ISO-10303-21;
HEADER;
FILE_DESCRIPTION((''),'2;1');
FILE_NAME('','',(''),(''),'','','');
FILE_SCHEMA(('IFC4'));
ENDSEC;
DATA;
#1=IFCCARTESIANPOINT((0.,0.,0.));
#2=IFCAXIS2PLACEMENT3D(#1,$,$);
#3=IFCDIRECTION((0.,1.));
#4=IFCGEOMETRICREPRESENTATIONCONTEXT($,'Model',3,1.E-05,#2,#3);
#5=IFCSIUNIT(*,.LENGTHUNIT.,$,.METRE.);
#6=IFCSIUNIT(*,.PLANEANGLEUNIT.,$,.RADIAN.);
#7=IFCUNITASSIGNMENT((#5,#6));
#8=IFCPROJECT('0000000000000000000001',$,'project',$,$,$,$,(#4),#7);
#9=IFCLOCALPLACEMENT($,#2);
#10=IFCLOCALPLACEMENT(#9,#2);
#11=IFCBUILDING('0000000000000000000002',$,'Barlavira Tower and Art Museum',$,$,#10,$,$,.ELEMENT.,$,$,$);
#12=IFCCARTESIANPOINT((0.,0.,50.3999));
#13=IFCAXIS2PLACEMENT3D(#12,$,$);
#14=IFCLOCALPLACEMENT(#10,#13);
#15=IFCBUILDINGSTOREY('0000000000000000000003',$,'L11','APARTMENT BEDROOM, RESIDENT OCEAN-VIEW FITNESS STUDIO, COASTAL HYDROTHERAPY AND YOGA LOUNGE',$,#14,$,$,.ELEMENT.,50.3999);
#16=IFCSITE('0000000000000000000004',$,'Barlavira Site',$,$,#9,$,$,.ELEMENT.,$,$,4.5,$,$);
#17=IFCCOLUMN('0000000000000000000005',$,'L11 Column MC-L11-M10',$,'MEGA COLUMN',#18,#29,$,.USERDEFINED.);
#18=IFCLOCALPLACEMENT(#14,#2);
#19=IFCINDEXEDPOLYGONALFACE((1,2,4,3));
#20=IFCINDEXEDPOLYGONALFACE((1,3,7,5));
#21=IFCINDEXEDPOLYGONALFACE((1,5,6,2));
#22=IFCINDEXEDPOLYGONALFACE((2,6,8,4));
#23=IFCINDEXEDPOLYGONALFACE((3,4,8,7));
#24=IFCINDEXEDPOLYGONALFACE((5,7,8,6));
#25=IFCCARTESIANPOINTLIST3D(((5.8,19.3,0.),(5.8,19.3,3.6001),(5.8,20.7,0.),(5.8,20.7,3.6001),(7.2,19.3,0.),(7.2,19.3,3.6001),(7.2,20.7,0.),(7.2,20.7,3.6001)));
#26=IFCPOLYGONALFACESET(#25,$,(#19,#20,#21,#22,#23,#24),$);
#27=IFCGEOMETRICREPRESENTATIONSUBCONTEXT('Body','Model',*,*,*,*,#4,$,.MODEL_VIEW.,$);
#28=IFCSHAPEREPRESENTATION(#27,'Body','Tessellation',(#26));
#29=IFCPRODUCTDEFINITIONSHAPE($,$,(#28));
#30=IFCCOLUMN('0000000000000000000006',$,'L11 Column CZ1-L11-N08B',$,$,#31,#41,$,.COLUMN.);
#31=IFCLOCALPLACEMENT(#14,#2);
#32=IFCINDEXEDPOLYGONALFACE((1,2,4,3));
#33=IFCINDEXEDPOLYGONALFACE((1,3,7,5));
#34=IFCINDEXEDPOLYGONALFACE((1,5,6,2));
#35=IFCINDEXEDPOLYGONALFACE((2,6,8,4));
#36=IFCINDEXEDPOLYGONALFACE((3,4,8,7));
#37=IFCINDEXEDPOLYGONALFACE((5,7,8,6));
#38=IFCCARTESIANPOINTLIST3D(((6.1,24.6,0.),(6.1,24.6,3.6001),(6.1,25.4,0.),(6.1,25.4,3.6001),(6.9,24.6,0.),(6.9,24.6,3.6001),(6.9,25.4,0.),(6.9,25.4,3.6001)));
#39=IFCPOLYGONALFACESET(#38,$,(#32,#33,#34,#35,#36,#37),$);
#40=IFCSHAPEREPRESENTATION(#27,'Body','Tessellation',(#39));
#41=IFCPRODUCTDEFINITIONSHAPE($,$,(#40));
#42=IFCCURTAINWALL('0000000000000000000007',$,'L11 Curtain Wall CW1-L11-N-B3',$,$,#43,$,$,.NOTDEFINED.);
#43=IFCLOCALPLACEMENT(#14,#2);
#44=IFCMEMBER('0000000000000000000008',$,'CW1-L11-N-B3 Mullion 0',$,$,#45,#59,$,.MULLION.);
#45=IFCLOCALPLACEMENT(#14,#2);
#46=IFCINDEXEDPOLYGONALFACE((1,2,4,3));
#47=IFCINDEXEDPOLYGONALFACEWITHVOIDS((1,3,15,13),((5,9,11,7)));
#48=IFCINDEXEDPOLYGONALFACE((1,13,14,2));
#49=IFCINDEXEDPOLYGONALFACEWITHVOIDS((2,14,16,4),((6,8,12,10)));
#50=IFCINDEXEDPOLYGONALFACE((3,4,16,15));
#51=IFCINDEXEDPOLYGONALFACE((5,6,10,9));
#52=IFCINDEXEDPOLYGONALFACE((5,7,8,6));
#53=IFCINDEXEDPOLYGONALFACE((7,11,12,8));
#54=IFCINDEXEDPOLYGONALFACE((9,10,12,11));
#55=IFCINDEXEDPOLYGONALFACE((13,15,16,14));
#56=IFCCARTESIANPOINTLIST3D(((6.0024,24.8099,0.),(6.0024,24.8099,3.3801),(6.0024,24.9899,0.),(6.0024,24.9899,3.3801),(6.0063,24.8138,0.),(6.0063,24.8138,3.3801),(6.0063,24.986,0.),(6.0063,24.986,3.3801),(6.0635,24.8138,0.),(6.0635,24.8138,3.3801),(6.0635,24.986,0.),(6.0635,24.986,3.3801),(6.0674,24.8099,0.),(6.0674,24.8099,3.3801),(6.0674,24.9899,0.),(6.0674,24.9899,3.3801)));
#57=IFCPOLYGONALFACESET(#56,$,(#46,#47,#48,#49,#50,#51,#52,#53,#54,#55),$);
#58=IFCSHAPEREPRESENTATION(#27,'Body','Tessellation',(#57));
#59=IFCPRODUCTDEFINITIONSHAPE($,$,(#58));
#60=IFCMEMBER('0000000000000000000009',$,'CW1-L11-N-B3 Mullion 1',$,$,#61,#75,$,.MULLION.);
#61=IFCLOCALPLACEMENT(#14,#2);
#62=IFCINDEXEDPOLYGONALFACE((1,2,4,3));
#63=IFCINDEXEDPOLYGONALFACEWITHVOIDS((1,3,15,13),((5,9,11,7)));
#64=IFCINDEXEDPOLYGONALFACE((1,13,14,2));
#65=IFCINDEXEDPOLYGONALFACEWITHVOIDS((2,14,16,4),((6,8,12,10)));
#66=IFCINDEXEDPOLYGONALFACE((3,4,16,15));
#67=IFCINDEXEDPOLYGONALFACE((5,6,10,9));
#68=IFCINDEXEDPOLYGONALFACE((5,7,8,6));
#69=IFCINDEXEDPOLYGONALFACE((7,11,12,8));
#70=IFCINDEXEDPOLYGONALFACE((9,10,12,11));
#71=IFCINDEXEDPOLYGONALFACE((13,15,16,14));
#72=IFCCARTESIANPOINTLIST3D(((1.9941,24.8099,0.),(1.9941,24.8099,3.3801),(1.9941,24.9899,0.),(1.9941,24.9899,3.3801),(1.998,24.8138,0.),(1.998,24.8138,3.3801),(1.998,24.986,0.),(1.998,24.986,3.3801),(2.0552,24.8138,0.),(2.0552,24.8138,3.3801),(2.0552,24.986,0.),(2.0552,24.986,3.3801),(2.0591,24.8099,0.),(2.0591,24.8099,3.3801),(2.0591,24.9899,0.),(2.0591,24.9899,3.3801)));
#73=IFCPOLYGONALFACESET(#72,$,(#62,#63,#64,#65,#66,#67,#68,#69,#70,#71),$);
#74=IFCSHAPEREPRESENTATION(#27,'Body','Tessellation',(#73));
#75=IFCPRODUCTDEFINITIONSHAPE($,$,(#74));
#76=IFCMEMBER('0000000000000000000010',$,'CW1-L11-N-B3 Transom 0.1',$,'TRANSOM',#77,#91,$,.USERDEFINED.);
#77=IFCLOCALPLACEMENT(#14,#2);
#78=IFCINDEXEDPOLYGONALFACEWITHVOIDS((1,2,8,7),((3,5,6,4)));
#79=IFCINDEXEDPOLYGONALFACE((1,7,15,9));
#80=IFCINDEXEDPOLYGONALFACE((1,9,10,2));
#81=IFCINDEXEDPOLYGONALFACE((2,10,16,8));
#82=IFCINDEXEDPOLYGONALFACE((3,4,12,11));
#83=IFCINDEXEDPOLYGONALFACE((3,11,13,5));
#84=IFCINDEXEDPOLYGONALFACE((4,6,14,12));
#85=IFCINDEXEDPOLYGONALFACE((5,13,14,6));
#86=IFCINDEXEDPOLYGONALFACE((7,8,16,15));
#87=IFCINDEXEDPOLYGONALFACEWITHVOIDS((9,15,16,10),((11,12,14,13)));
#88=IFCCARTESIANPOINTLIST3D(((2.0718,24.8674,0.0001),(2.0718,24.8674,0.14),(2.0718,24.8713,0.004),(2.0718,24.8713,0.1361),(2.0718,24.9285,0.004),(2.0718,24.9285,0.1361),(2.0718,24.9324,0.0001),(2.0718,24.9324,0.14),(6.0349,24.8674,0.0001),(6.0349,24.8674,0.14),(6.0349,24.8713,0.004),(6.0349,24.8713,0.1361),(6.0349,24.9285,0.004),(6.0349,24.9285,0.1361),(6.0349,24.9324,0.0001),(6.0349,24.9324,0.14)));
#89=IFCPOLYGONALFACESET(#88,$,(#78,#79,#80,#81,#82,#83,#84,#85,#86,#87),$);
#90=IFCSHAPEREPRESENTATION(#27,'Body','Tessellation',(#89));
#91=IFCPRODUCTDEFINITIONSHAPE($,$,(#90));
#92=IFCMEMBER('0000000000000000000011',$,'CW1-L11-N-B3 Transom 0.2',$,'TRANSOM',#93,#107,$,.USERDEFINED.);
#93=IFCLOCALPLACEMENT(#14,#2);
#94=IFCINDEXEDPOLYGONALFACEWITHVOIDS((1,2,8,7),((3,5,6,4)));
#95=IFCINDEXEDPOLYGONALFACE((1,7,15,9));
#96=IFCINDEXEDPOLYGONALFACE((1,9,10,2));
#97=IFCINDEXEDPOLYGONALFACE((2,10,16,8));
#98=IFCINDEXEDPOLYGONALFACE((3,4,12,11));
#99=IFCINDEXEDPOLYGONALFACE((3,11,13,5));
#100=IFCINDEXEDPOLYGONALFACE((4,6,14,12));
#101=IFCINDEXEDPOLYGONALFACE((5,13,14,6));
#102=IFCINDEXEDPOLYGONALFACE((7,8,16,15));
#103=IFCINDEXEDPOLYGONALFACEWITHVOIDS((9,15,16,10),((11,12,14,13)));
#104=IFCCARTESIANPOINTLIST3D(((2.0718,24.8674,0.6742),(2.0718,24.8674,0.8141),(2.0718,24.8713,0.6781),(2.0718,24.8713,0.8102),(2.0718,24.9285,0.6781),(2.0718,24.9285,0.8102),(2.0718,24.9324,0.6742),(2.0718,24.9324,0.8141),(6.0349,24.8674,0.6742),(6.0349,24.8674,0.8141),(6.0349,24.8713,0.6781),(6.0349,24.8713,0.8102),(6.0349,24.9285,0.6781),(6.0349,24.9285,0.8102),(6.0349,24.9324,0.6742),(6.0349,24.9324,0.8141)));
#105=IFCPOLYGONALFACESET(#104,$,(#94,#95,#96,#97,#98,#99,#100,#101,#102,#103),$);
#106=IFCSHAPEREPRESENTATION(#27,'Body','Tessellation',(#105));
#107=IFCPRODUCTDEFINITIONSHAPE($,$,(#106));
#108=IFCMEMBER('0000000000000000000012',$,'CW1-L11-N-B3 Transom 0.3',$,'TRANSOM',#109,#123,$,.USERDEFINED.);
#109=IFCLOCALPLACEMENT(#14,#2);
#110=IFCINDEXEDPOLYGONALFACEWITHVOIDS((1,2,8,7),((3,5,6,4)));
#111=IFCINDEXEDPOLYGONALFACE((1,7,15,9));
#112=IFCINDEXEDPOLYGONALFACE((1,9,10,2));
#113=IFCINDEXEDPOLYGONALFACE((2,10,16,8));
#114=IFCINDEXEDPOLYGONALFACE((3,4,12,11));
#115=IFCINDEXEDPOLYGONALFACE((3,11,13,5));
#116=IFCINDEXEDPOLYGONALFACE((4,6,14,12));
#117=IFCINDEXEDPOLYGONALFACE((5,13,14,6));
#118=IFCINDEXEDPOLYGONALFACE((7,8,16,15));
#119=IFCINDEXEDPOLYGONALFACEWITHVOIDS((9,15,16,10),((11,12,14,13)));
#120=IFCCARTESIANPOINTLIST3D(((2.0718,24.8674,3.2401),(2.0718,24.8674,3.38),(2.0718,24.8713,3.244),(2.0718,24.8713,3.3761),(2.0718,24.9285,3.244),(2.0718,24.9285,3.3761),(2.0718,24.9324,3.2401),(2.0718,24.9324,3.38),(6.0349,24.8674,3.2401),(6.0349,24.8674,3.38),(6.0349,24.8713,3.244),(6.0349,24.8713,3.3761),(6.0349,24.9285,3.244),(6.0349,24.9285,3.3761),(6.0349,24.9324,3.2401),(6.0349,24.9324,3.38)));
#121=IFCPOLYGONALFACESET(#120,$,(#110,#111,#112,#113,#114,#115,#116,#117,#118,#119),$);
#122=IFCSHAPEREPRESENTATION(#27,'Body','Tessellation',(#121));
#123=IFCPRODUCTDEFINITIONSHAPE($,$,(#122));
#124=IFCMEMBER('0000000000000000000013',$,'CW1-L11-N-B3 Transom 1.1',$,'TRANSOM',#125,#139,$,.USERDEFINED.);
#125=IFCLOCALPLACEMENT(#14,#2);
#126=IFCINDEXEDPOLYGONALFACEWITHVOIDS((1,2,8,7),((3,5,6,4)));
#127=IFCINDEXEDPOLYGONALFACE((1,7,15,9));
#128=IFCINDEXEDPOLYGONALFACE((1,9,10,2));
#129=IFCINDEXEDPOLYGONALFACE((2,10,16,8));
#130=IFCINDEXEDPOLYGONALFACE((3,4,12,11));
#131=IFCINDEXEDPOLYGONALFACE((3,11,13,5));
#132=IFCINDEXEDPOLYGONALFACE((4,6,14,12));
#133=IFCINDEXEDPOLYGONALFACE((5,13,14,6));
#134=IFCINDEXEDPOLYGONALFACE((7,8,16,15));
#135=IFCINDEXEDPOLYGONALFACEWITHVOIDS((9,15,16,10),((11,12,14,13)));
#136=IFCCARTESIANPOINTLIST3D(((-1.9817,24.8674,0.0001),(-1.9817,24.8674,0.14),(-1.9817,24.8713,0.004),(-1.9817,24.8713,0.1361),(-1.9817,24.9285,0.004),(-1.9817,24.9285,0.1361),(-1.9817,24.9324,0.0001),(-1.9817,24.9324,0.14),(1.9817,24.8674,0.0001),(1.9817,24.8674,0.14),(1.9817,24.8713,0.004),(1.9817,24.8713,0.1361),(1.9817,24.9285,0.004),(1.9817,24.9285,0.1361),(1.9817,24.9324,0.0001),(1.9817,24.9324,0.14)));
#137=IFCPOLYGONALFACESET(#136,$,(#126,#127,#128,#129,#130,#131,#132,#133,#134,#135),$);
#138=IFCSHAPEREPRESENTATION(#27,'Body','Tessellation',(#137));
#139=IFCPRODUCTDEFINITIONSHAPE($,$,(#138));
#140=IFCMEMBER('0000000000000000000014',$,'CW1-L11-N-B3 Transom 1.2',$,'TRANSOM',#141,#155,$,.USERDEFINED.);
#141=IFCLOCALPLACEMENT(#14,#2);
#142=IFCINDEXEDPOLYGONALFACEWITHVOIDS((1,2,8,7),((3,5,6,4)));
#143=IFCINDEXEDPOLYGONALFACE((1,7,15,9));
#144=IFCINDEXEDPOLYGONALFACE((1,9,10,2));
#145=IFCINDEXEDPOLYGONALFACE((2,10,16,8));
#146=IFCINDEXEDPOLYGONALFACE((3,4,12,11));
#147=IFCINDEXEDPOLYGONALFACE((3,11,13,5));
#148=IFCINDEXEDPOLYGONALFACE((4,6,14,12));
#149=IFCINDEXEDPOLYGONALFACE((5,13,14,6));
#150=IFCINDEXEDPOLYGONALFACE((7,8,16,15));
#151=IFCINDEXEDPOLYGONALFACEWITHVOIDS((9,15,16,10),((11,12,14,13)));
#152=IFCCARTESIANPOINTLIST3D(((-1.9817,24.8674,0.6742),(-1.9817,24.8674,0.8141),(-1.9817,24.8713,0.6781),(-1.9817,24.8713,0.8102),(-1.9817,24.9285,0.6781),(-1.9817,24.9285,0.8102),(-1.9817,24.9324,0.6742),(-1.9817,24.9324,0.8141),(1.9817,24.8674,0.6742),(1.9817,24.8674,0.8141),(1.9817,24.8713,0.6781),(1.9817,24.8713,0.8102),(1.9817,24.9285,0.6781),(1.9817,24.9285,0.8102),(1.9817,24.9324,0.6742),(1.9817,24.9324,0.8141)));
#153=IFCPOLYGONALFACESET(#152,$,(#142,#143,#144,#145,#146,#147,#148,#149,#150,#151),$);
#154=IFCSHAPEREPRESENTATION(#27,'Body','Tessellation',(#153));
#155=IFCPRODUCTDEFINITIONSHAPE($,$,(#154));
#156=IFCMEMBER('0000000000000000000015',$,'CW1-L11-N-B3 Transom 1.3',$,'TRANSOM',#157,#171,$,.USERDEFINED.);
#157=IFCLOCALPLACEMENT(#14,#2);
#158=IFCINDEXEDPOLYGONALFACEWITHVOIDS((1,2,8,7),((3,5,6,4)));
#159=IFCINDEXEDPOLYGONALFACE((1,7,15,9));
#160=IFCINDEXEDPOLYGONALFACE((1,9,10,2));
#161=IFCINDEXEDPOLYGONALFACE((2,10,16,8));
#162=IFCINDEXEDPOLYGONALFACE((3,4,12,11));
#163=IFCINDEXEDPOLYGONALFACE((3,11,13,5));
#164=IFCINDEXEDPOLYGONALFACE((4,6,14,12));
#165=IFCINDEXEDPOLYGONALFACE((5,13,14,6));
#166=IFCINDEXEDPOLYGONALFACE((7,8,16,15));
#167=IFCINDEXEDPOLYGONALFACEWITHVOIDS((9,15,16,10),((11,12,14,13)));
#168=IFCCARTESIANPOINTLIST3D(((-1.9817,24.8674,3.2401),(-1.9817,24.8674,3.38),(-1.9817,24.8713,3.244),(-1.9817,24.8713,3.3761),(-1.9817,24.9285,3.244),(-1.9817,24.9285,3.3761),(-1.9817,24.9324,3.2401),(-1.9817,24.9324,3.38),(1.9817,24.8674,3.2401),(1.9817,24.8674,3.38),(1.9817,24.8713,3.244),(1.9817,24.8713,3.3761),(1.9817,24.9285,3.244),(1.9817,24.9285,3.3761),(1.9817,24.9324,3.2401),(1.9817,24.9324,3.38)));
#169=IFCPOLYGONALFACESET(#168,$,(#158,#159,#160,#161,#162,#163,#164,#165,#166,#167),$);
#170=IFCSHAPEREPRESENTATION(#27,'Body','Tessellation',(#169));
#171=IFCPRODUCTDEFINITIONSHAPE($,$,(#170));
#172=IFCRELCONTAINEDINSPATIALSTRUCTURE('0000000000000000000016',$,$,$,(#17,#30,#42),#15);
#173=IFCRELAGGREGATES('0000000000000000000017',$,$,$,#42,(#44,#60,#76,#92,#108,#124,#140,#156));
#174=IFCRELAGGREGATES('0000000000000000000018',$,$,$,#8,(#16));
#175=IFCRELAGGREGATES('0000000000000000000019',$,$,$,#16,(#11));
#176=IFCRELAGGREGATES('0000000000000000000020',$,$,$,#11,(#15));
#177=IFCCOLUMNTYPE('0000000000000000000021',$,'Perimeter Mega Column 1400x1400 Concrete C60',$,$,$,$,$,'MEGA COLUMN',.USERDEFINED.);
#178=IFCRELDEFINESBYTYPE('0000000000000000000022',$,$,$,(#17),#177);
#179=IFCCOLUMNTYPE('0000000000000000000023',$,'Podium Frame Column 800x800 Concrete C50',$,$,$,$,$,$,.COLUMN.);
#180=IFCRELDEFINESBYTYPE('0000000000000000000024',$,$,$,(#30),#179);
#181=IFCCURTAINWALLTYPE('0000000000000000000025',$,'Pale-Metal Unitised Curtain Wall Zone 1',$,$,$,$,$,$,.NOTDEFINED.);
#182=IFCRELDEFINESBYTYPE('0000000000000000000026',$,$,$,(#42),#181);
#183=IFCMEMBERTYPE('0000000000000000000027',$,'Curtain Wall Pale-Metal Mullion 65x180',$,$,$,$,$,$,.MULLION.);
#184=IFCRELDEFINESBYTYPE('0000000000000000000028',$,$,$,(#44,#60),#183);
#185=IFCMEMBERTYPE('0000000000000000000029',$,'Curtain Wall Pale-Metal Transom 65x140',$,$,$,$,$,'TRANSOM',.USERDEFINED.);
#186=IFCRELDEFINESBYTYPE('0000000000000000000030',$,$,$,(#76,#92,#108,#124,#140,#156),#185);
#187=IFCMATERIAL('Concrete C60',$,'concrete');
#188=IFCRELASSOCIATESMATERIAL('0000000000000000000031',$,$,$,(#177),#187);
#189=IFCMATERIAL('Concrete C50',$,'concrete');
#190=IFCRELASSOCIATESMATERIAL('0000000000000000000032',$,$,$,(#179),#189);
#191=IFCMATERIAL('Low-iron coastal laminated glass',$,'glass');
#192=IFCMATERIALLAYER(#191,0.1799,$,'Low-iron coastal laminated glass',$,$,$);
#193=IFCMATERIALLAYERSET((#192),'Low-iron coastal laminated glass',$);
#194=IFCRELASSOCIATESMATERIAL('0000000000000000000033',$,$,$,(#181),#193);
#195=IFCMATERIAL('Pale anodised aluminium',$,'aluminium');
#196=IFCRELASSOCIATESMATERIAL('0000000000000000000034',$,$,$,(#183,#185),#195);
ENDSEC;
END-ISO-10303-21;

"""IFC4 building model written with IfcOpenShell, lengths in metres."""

from ifc_helpers import new_model, si_unit, direction, frame, origin, origin_2d, place, context, subcontext, project, spatial, rectangle, hollow_rectangle, extrude, material, layer, layer_set, material_profile, profile_set, type_object, element, aggregate, save


model = new_model("IFC4")

# Units and contexts
model_context = context("Model", 3, precision=1e-05, world=origin(), true_north=direction((0.0, 1.0)))
body_context = subcontext(model_context, "Body", "Model", "MODEL_VIEW")
ifc_project = project(units=[si_unit("LENGTHUNIT", "METRE"), si_unit("PLANEANGLEUNIT", "RADIAN")], contexts=[model_context])

# Site, building, storey
site_placement = place(None, origin())
site = spatial("IfcSite", under=ifc_project, at=site_placement, Name="Barlavira Site", CompositionType="ELEMENT", RefElevation=4.5)
building_placement = place(site_placement, origin())
building = spatial("IfcBuilding", under=site, at=building_placement, Name="Barlavira Tower and Art Museum", CompositionType="ELEMENT")
storey_placement = place(building_placement, frame((0.0, 0.0, 50.3999)))
storey = spatial("IfcBuildingStorey", under=building, at=storey_placement, Name="L11", Description="APARTMENT BEDROOM, RESIDENT OCEAN-VIEW FITNESS STUDIO, COASTAL HYDROTHERAPY AND YOGA LOUNGE", CompositionType="ELEMENT", Elevation=50.3999)

# Columns
ifc_material_1 = material(Name="Concrete C60", Category="concrete")
ifc_material_profile_1 = material_profile(ifc_material_1, rectangle(XDim=1.3999, YDim=1.3999, at=origin_2d()), Name="RC-MCOL 1400x1400")
ifc_profile_set_1 = profile_set([ifc_material_profile_1], Name="Concrete C60")
column_type_1 = type_object("IfcColumnType", Name="Perimeter Mega Column 1400x1400 Concrete C60", ElementType="MEGA COLUMN", PredefinedType="USERDEFINED", material=ifc_profile_set_1)
column_1_placement = place(storey_placement, frame((6.5, 20.0, 0.0), z_axis=(0.0, 0.0, 1.0), x_axis=(1.0, 0.0, 0.0)))
element("IfcColumn", 1, at=column_1_placement, inside=storey, type_object=column_type_1, Name="L11 Column MC-L11-M10", ObjectType="MEGA COLUMN", PredefinedType="USERDEFINED", context=body_context, shape_type="SweptSolid", body=[
    extrude(rectangle(XDim=1.3999, YDim=1.3999, at=origin_2d()), origin(), (0.0, 0.0, 1.0), 3.6001),
])
ifc_material_2 = material(Name="Concrete C50", Category="concrete")
ifc_material_profile_2 = material_profile(ifc_material_2, rectangle(XDim=0.8, YDim=0.8, at=origin_2d()), Name="RC-COL 800x800")
ifc_profile_set_2 = profile_set([ifc_material_profile_2], Name="Concrete C50")
column_type_2 = type_object("IfcColumnType", Name="Podium Frame Column 800x800 Concrete C50", PredefinedType="COLUMN", material=ifc_profile_set_2)
column_2_placement = place(storey_placement, frame((6.5, 25.0, 0.0), z_axis=(0.0, 0.0, 1.0), x_axis=(1.0, 0.0, 0.0)))
element("IfcColumn", 2, at=column_2_placement, inside=storey, type_object=column_type_2, Name="L11 Column CZ1-L11-N08B", PredefinedType="COLUMN", context=body_context, shape_type="SweptSolid", body=[
    extrude(rectangle(XDim=0.8, YDim=0.8, at=origin_2d()), origin(), (0.0, 0.0, 1.0), 3.6001),
])

# Curtain wall, members
ifc_material_3 = material(Name="Low-iron coastal laminated glass", Category="glass")
ifc_layer_1 = layer(ifc_material_3, 0.1799, Name="Low-iron coastal laminated glass")
ifc_layer_set_1 = layer_set([ifc_layer_1], Name="Low-iron coastal laminated glass")
curtain_wall_type = type_object("IfcCurtainWallType", Name="Pale-Metal Unitised Curtain Wall Zone 1", PredefinedType="NOTDEFINED", material=ifc_layer_set_1)
curtain_wall_placement = place(storey_placement, origin())
curtain_wall = element("IfcCurtainWall", 3, at=curtain_wall_placement, inside=storey, type_object=curtain_wall_type, Name="L11 Curtain Wall CW1-L11-N-B3", PredefinedType="NOTDEFINED")
ifc_material_4 = material(Name="Pale anodised aluminium", Category="aluminium")
ifc_material_profile_3 = material_profile(ifc_material_4, hollow_rectangle(XDim=0.0649, YDim=0.1799, WallThickness=0.0039, at=origin_2d()), Name="ALU-MULL 65x180x4")
ifc_profile_set_3 = profile_set([ifc_material_profile_3], Name="Pale anodised aluminium")
member_type_1 = type_object("IfcMemberType", Name="Curtain Wall Pale-Metal Mullion 65x180", PredefinedType="MULLION", material=ifc_profile_set_3)
member_1_placement = place(storey_placement, frame((6.0349, 24.8999, 0.0), z_axis=(0.0, 0.0, 1.0), x_axis=(-1.0, 0.0, 0.0)))
member_1 = element("IfcMember", 4, at=member_1_placement, type_object=member_type_1, Name="CW1-L11-N-B3 Mullion 0", PredefinedType="MULLION", context=body_context, shape_type="SweptSolid", body=[
    extrude(hollow_rectangle(XDim=0.0649, YDim=0.1799, WallThickness=0.0039, at=origin_2d()), origin(), (0.0, 0.0, 1.0), 3.3801),
])
member_2_placement = place(storey_placement, frame((2.0266, 24.8999, 0.0), z_axis=(0.0, 0.0, 1.0), x_axis=(-1.0, 0.0, 0.0)))
member_2 = element("IfcMember", 5, at=member_2_placement, type_object=member_type_1, Name="CW1-L11-N-B3 Mullion 1", PredefinedType="MULLION", context=body_context, shape_type="SweptSolid", body=[
    extrude(hollow_rectangle(XDim=0.0649, YDim=0.1799, WallThickness=0.0039, at=origin_2d()), origin(), (0.0, 0.0, 1.0), 3.3801),
])
ifc_material_profile_4 = material_profile(ifc_material_4, hollow_rectangle(XDim=0.0649, YDim=0.1399, WallThickness=0.0039, at=origin_2d()), Name="ALU-TRAN 65x140x4")
ifc_profile_set_4 = profile_set([ifc_material_profile_4], Name="Pale anodised aluminium")
member_type_2 = type_object("IfcMemberType", Name="Curtain Wall Pale-Metal Transom 65x140", ElementType="TRANSOM", PredefinedType="USERDEFINED", material=ifc_profile_set_4)
member_3_placement = place(storey_placement, frame((6.0349, 24.8999, 0.0701), z_axis=(-1.0, 0.0, 0.0), x_axis=(0.0, -1.0, 0.0)))
member_3 = element("IfcMember", 6, at=member_3_placement, type_object=member_type_2, Name="CW1-L11-N-B3 Transom 0.1", ObjectType="TRANSOM", PredefinedType="USERDEFINED", context=body_context, shape_type="SweptSolid", body=[
    extrude(hollow_rectangle(XDim=0.0649, YDim=0.1399, WallThickness=0.0039, at=origin_2d()), origin(), (0.0, 0.0, 1.0), 3.9631),
])
member_4_placement = place(storey_placement, frame((6.0349, 24.8999, 0.7441), z_axis=(-1.0, 0.0, 0.0), x_axis=(0.0, -1.0, 0.0)))
member_4 = element("IfcMember", 7, at=member_4_placement, type_object=member_type_2, Name="CW1-L11-N-B3 Transom 0.2", ObjectType="TRANSOM", PredefinedType="USERDEFINED", context=body_context, shape_type="SweptSolid", body=[
    extrude(hollow_rectangle(XDim=0.0649, YDim=0.1399, WallThickness=0.0039, at=origin_2d()), origin(), (0.0, 0.0, 1.0), 3.9631),
])
member_5_placement = place(storey_placement, frame((6.0349, 24.8999, 3.3101), z_axis=(-1.0, 0.0, 0.0), x_axis=(0.0, -1.0, 0.0)))
member_5 = element("IfcMember", 8, at=member_5_placement, type_object=member_type_2, Name="CW1-L11-N-B3 Transom 0.3", ObjectType="TRANSOM", PredefinedType="USERDEFINED", context=body_context, shape_type="SweptSolid", body=[
    extrude(hollow_rectangle(XDim=0.0649, YDim=0.1399, WallThickness=0.0039, at=origin_2d()), origin(), (0.0, 0.0, 1.0), 3.9631),
])
member_6_placement = place(storey_placement, frame((1.9817, 24.8999, 0.0701), z_axis=(-1.0, 0.0, 0.0), x_axis=(0.0, -1.0, 0.0)))
member_6 = element("IfcMember", 9, at=member_6_placement, type_object=member_type_2, Name="CW1-L11-N-B3 Transom 1.1", ObjectType="TRANSOM", PredefinedType="USERDEFINED", context=body_context, shape_type="SweptSolid", body=[
    extrude(hollow_rectangle(XDim=0.0649, YDim=0.1399, WallThickness=0.0039, at=origin_2d()), origin(), (0.0, 0.0, 1.0), 3.9634),
])
member_7_placement = place(storey_placement, frame((1.9817, 24.8999, 0.7441), z_axis=(-1.0, 0.0, 0.0), x_axis=(0.0, -1.0, 0.0)))
member_7 = element("IfcMember", 10, at=member_7_placement, type_object=member_type_2, Name="CW1-L11-N-B3 Transom 1.2", ObjectType="TRANSOM", PredefinedType="USERDEFINED", context=body_context, shape_type="SweptSolid", body=[
    extrude(hollow_rectangle(XDim=0.0649, YDim=0.1399, WallThickness=0.0039, at=origin_2d()), origin(), (0.0, 0.0, 1.0), 3.9634),
])
member_8_placement = place(storey_placement, frame((1.9817, 24.8999, 3.3101), z_axis=(-1.0, 0.0, 0.0), x_axis=(0.0, -1.0, 0.0)))
member_8 = element("IfcMember", 11, at=member_8_placement, type_object=member_type_2, Name="CW1-L11-N-B3 Transom 1.3", ObjectType="TRANSOM", PredefinedType="USERDEFINED", context=body_context, shape_type="SweptSolid", body=[
    extrude(hollow_rectangle(XDim=0.0649, YDim=0.1399, WallThickness=0.0039, at=origin_2d()), origin(), (0.0, 0.0, 1.0), 3.9634),
])

aggregate(curtain_wall, [member_1, member_2, member_3, member_4, member_5, member_6, member_7, member_8])

save(model, "model.ifc")
